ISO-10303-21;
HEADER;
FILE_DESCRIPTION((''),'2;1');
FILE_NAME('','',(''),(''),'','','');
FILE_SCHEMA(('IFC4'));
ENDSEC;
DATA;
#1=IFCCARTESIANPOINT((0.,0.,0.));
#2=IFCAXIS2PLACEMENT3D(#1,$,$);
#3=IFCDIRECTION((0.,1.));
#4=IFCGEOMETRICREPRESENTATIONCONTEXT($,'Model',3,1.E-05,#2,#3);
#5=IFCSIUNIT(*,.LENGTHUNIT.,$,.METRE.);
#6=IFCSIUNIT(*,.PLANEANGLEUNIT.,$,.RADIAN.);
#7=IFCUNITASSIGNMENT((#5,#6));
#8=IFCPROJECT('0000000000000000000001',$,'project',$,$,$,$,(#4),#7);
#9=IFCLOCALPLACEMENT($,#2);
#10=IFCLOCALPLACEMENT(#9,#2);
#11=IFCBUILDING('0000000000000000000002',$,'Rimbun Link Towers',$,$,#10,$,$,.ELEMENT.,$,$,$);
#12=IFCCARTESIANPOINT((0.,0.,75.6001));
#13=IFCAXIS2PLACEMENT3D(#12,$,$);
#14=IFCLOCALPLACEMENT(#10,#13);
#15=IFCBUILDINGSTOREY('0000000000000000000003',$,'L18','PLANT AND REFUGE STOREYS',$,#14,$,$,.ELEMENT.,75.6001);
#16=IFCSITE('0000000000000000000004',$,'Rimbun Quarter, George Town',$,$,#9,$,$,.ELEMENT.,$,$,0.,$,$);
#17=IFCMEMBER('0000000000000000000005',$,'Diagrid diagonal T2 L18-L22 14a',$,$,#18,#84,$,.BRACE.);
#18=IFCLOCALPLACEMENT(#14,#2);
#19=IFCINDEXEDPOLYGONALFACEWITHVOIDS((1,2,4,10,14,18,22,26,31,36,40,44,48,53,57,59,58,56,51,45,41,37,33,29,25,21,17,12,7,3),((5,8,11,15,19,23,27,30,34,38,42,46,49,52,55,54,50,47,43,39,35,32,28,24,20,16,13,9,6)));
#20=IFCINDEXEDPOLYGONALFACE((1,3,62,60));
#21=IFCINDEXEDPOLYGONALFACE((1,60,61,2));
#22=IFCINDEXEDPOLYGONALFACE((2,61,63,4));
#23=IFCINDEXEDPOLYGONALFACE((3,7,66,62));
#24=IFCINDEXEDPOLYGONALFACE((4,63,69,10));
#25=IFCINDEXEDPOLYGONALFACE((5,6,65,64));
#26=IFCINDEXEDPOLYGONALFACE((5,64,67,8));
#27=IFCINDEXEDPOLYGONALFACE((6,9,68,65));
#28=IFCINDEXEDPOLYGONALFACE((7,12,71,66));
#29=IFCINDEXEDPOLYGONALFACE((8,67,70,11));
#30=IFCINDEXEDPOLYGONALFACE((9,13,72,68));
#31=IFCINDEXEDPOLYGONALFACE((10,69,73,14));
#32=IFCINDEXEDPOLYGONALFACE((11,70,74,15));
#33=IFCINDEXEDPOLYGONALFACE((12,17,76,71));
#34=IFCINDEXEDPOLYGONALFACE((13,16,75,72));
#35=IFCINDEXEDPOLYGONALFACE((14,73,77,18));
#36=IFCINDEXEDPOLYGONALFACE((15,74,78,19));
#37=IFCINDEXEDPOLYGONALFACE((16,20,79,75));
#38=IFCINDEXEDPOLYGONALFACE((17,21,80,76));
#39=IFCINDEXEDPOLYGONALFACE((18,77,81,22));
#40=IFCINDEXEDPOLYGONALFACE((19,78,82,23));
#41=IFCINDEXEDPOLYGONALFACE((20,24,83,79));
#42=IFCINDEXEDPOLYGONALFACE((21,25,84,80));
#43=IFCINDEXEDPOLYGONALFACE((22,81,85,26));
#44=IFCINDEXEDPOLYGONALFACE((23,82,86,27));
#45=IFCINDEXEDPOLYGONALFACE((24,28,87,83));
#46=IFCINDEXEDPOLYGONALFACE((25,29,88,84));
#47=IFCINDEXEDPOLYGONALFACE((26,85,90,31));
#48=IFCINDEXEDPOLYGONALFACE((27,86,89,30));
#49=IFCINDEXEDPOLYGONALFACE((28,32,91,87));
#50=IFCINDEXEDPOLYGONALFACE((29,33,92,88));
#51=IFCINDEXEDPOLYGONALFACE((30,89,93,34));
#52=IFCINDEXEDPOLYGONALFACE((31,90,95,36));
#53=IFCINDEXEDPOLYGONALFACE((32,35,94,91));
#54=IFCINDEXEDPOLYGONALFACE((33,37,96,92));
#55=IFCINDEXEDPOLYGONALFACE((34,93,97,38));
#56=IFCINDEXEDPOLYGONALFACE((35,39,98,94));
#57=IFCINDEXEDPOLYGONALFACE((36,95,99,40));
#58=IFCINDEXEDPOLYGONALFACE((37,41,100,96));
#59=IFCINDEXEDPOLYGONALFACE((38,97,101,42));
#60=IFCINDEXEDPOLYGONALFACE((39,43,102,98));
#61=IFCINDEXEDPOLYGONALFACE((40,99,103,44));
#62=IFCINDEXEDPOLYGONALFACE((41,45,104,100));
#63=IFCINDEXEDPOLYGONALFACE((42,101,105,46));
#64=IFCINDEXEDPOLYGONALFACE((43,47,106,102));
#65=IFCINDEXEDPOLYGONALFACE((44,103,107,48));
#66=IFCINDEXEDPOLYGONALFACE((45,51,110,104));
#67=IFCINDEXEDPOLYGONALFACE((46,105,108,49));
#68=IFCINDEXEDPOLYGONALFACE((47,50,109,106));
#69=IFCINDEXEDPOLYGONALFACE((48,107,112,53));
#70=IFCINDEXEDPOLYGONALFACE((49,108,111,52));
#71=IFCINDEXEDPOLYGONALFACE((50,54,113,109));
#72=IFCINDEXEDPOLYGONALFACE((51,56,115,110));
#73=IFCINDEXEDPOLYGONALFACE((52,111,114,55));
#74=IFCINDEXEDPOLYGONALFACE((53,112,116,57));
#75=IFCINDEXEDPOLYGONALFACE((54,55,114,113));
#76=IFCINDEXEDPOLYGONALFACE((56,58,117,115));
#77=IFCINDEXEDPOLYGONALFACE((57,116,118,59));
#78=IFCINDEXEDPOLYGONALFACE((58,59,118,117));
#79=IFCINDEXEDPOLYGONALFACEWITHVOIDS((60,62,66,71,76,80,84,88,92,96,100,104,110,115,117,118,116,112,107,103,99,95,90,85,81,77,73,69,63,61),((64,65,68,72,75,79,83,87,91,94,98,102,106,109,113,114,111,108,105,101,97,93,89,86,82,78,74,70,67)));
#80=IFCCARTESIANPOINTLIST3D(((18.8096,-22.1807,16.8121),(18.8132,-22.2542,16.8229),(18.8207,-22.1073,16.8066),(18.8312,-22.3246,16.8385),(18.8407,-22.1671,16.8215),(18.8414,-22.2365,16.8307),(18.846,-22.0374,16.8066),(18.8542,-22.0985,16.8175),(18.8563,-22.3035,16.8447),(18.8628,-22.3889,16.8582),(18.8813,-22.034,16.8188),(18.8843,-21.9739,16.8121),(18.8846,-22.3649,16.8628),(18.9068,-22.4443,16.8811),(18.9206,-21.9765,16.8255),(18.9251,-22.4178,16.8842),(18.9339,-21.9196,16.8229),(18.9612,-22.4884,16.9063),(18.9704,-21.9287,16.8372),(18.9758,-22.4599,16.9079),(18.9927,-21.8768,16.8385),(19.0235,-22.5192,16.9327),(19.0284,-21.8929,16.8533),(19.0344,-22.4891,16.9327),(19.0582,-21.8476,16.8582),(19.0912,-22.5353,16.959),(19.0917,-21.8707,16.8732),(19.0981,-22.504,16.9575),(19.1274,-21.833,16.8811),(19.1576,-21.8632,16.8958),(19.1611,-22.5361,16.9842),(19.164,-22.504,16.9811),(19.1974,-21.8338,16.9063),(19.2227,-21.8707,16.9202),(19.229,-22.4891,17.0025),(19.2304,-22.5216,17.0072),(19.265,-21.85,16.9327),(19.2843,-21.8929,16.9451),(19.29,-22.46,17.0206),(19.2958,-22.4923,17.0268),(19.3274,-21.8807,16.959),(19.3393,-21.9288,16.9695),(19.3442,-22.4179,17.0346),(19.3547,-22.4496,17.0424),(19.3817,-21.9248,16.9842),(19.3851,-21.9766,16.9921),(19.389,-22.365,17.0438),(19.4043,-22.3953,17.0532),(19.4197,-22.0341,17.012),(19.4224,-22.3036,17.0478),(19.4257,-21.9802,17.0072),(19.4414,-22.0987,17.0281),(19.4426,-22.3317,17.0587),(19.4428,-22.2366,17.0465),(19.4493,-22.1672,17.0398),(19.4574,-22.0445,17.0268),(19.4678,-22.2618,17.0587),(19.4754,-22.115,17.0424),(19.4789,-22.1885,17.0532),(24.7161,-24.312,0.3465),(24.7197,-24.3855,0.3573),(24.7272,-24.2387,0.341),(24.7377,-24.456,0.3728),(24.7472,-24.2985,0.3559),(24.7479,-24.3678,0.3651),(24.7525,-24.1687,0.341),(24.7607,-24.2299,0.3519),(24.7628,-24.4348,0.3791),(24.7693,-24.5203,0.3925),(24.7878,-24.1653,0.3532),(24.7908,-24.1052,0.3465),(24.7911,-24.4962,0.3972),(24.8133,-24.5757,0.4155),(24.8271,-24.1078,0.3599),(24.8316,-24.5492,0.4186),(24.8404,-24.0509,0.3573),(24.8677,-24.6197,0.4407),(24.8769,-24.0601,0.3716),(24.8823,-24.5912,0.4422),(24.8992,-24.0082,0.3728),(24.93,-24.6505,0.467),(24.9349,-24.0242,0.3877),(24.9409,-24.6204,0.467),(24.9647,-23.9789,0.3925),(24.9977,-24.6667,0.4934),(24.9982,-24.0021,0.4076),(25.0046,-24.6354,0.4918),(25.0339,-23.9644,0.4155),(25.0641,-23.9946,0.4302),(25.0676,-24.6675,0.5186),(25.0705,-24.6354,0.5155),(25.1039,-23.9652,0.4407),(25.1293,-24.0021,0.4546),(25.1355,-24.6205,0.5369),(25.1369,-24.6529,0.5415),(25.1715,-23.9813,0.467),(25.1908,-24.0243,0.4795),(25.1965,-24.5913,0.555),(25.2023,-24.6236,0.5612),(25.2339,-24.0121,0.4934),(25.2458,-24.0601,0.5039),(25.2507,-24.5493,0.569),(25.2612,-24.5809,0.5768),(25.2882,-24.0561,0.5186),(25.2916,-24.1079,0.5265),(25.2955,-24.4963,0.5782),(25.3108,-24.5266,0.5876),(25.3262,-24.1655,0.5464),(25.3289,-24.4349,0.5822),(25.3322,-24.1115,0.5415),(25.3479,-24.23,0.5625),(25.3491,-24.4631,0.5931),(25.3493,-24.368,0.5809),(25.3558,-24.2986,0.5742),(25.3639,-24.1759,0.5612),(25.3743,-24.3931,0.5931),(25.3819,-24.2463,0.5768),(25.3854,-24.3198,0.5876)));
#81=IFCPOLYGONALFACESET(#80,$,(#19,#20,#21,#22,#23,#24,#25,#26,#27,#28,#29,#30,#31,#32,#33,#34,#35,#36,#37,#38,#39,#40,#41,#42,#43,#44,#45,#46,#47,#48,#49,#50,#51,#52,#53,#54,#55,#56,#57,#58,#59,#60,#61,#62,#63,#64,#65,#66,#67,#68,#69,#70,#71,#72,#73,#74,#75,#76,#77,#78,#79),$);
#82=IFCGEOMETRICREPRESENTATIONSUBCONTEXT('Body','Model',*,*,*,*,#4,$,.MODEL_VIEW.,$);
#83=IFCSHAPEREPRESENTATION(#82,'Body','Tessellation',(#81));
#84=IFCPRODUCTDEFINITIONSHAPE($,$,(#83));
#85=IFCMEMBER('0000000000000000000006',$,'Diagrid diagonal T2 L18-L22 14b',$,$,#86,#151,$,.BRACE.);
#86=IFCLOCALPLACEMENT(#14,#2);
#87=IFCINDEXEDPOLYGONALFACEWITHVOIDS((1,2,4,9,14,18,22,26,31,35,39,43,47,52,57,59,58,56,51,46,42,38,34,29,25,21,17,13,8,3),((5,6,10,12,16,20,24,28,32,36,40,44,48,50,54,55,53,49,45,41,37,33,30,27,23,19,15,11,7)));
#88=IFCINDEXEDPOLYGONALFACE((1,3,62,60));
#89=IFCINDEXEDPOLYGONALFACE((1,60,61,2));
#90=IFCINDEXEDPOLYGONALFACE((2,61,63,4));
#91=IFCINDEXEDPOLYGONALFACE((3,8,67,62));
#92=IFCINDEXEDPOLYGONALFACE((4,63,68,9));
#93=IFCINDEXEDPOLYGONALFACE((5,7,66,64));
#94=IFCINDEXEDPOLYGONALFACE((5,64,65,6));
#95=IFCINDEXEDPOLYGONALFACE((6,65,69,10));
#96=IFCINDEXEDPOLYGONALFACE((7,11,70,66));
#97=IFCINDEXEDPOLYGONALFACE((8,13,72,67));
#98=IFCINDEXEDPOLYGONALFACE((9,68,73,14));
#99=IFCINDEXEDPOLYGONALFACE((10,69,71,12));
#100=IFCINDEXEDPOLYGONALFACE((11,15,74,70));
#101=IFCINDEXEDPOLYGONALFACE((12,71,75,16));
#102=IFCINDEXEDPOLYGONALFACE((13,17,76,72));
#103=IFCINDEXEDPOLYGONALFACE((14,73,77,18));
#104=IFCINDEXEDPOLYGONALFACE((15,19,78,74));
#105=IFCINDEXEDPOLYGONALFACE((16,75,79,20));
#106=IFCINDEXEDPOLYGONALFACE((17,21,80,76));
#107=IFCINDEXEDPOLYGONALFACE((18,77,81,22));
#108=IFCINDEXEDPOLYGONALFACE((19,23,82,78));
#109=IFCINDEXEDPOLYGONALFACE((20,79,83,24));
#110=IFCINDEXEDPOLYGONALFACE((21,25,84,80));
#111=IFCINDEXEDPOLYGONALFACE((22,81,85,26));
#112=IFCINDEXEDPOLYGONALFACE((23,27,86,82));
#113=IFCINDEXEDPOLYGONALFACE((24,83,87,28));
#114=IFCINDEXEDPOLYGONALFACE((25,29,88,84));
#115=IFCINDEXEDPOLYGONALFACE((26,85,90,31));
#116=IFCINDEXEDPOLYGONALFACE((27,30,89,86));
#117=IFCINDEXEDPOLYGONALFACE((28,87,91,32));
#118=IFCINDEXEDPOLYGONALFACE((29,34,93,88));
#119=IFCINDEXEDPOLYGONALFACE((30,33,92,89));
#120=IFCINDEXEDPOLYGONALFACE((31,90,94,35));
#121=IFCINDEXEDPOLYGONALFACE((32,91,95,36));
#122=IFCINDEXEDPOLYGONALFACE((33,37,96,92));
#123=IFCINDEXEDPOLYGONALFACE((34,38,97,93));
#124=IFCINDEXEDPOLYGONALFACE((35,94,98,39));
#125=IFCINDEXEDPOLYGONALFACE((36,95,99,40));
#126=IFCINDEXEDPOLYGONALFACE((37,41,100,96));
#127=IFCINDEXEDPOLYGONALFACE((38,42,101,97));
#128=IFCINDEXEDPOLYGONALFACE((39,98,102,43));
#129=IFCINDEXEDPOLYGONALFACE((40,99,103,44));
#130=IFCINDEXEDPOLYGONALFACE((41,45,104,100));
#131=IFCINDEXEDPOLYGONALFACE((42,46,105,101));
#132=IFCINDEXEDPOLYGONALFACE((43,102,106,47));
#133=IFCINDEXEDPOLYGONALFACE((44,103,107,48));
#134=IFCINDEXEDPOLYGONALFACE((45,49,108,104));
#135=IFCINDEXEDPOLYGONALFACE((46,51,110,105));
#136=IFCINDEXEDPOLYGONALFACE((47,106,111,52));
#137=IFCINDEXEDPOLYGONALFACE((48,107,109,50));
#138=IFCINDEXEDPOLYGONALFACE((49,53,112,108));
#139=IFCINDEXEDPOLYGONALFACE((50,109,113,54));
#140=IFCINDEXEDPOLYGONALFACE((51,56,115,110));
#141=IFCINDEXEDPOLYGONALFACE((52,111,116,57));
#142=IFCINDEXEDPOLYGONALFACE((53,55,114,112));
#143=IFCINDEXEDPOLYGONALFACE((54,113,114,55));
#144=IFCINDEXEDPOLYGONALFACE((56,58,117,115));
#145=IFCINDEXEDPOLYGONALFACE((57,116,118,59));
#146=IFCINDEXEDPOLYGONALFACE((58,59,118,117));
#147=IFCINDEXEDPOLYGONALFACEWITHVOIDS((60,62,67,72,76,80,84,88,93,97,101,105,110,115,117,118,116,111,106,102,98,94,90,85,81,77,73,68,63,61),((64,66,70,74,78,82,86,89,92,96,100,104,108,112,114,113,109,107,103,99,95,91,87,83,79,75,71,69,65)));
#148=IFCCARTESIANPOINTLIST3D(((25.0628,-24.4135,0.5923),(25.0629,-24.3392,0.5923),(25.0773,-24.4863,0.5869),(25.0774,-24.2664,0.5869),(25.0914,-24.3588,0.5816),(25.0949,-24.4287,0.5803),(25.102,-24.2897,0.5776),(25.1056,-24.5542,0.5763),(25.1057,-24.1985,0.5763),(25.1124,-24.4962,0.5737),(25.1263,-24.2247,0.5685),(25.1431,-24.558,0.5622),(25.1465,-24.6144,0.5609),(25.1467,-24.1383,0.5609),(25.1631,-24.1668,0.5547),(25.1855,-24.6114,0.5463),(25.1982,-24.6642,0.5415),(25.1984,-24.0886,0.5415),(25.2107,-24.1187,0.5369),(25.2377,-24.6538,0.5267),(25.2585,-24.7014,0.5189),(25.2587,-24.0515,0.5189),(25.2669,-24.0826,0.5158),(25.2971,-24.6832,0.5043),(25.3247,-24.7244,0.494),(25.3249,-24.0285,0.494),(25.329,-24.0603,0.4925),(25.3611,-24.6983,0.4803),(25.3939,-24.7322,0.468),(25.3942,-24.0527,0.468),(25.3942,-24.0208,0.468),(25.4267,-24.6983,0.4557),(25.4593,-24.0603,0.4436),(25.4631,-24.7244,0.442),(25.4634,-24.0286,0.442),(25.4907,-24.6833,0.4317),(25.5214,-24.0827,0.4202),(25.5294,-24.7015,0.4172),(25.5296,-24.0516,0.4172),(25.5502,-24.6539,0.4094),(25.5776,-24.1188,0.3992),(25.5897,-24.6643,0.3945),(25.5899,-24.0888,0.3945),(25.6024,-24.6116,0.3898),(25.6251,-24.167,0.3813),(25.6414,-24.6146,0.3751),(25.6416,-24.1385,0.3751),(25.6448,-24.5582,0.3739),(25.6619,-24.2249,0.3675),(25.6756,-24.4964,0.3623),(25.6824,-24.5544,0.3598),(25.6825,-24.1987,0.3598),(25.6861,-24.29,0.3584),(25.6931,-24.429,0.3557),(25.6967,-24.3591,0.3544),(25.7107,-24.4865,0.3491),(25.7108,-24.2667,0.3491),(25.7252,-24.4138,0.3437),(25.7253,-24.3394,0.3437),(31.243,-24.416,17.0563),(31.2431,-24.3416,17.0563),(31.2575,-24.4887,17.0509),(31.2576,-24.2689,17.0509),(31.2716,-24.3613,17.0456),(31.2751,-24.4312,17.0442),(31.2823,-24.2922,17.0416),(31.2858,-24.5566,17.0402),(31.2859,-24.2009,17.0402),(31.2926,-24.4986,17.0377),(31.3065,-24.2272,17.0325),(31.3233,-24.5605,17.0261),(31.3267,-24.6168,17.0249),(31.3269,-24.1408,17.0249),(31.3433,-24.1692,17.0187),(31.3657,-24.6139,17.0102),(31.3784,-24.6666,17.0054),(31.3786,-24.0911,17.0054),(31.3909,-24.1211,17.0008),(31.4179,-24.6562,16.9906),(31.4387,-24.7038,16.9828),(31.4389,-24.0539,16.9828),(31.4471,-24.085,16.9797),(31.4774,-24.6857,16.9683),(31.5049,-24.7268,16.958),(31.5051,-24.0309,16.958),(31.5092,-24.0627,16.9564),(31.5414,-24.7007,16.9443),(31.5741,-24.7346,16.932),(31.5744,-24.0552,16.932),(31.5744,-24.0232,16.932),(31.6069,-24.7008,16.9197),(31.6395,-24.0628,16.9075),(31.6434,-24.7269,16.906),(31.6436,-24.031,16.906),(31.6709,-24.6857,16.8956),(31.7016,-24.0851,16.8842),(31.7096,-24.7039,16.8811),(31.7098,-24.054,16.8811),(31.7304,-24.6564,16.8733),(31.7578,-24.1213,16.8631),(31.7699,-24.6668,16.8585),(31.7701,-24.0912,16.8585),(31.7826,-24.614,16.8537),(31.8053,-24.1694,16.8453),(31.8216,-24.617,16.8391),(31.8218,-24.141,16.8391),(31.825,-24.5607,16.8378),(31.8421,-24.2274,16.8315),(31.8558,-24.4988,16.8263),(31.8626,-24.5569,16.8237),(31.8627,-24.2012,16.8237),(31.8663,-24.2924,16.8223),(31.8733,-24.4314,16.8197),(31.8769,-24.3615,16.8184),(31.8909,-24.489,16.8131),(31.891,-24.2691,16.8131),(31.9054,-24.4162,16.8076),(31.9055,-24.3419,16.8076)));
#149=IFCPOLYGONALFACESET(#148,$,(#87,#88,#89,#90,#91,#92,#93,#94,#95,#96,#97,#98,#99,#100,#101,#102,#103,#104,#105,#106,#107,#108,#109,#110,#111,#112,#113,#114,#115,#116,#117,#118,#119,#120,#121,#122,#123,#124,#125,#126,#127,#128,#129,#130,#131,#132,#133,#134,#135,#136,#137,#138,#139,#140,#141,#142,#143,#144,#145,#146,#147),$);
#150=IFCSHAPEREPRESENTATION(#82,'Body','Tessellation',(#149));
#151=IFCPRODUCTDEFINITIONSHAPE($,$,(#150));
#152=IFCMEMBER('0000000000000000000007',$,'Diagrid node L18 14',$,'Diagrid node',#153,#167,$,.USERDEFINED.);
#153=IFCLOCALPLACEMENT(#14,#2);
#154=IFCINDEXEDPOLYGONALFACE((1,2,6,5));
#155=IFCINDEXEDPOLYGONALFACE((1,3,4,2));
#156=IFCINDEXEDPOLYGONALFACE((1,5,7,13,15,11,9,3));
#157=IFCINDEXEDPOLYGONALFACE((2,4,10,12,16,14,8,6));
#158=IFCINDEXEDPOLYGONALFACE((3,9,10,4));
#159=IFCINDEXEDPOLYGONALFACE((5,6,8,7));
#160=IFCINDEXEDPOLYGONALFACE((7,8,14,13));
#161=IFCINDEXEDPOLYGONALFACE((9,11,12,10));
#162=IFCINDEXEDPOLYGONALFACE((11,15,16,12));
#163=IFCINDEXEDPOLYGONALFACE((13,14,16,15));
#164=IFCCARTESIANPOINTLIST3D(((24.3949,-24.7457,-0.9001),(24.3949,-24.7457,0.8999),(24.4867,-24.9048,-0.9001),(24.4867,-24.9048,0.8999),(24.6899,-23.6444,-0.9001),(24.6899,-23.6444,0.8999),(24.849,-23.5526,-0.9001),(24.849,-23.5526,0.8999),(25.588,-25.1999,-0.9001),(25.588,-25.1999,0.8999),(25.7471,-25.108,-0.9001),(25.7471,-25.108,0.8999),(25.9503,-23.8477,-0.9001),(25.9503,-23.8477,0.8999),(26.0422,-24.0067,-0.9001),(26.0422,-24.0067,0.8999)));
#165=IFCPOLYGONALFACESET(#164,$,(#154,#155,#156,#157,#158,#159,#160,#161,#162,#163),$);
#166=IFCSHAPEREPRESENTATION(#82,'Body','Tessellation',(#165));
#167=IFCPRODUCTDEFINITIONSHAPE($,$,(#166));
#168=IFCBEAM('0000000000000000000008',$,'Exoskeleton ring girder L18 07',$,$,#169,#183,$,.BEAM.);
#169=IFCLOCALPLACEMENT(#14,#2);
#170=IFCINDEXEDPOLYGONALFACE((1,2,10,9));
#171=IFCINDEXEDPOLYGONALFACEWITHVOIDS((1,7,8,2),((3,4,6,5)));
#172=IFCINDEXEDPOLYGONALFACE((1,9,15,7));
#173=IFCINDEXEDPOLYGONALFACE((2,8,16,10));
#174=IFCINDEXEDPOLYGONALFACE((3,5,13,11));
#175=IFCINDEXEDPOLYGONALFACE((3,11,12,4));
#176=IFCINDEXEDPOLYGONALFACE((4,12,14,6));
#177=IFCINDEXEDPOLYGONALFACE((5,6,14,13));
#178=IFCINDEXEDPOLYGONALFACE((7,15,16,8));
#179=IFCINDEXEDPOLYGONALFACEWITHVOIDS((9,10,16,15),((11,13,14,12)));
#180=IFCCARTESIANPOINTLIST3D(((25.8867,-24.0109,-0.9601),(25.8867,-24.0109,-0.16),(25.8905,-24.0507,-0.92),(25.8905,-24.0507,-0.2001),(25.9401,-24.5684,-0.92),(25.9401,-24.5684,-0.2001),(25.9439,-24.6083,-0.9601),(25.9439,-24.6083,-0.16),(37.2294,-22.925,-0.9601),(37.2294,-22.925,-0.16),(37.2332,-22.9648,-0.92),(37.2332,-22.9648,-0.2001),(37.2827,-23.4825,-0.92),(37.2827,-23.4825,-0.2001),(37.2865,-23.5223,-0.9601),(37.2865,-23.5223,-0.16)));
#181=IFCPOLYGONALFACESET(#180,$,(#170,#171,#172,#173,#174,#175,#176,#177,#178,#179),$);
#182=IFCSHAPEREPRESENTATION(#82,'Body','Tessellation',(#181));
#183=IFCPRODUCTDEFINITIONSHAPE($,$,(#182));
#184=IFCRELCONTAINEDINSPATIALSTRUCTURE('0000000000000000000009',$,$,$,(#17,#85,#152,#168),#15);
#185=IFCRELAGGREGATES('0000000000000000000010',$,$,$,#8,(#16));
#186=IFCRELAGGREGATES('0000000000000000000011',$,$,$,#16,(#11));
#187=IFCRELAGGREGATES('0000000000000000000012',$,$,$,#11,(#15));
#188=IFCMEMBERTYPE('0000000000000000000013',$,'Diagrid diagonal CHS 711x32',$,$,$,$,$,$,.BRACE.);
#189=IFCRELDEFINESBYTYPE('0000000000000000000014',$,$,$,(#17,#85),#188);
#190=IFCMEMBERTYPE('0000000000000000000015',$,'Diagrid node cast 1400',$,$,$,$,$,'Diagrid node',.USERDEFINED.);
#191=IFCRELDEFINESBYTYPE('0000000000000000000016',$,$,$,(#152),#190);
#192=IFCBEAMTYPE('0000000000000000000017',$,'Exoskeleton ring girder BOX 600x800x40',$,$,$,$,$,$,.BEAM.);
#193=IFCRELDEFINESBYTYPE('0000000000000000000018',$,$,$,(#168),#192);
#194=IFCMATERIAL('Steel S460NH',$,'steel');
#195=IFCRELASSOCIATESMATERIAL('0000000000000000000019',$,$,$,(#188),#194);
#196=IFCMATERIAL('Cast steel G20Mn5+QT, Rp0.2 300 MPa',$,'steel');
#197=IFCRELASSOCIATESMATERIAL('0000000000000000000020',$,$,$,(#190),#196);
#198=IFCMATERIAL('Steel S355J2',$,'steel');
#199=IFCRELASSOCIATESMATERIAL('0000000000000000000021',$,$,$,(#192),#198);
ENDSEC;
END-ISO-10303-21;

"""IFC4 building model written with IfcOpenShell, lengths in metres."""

from ifc_helpers import new_model, si_unit, direction, frame, origin, origin_2d, place, context, subcontext, project, spatial, polyline, hollow_rectangle, hollow_circle, outline, extrude, material, material_profile, profile_set, type_object, element, save


model = new_model("IFC4")

# Units and contexts
model_context = context("Model", 3, precision=1e-05, world=origin(), true_north=direction((0.0, 1.0)))
body_context = subcontext(model_context, "Body", "Model", "MODEL_VIEW")
ifc_project = project(units=[si_unit("LENGTHUNIT", "METRE"), si_unit("PLANEANGLEUNIT", "RADIAN")], contexts=[model_context])

# Site, building, storey
site_placement = place(None, origin())
site = spatial("IfcSite", under=ifc_project, at=site_placement, Name="Rimbun Quarter, George Town", CompositionType="ELEMENT", RefElevation=0.0)
building_placement = place(site_placement, origin())
building = spatial("IfcBuilding", under=site, at=building_placement, Name="Rimbun Link Towers", CompositionType="ELEMENT")
storey_placement = place(building_placement, frame((0.0, 0.0, 75.6001)))
storey = spatial("IfcBuildingStorey", under=building, at=storey_placement, Name="L18", Description="PLANT AND REFUGE STOREYS", CompositionType="ELEMENT", Elevation=75.6001)

# Members
ifc_material_1 = material(Name="Steel S460NH", Category="steel")
ifc_material_profile_1 = material_profile(ifc_material_1, hollow_circle(Radius=0.3557, WallThickness=0.032, at=origin_2d()), Name="Diagrid diagonal CHS 711x32")
ifc_profile_set_1 = profile_set([ifc_material_profile_1], Name="Steel S460NH")
member_type_1 = type_object("IfcMemberType", Name="Diagrid diagonal CHS 711x32", PredefinedType="BRACE", material=ifc_profile_set_1)
member_1_placement = place(storey_placement, frame((25.0508, -24.3159, 0.467), z_axis=(-0.335172, 0.120946, 0.934362), x_axis=(-0.339426, -0.940633, 0.0)))
element("IfcMember", 1, at=member_1_placement, inside=storey, type_object=member_type_1, Name="Diagrid diagonal T2 L18-L22 14a", PredefinedType="BRACE", context=body_context, shape_type="SweptSolid", body=[
    extrude(hollow_circle(Radius=0.3557, WallThickness=0.032, at=origin_2d()), origin(), (0.0, 0.0, 1.0), 17.6223),
])
member_2_placement = place(storey_placement, frame((25.394, -24.3765, 0.468), z_axis=(0.351434, -0.000139, 0.936213), x_axis=(0.000395, 1.0, 0.0)))
element("IfcMember", 2, at=member_2_placement, inside=storey, type_object=member_type_1, Name="Diagrid diagonal T2 L18-L22 14b", PredefinedType="BRACE", context=body_context, shape_type="SweptSolid", body=[
    extrude(hollow_circle(Radius=0.3557, WallThickness=0.032, at=origin_2d()), origin(), (0.0, 0.0, 1.0), 17.5857),
])
ifc_material_2 = material(Name="Cast steel G20Mn5+QT, Rp0.2 300 MPa", Category="steel")
ifc_material_profile_2 = material_profile(ifc_material_2, outline(polyline([(0.7, -0.5701), (0.7, 0.5701), (0.5701, 0.7), (-0.5701, 0.7), (-0.7, 0.5701), (-0.7, -0.5701), (-0.5701, -0.7), (0.5701, -0.7), (0.7, -0.5701)])), Name="NODE 1400x1400")
ifc_profile_set_2 = profile_set([ifc_material_profile_2], Name="Cast steel G20Mn5+QT, Rp0.2 300 MPa")
member_type_2 = type_object("IfcMemberType", Name="Diagrid node cast 1400", ElementType="Diagrid node", PredefinedType="USERDEFINED", material=ifc_profile_set_2)
member_3_placement = place(storey_placement, frame((25.2185, -24.3762, -0.9001), z_axis=(0.0, 0.0, 1.0), x_axis=(-0.258819, -0.965926, 0.0)))
element("IfcMember", 3, at=member_3_placement, inside=storey, type_object=member_type_2, Name="Diagrid node L18 14", ObjectType="Diagrid node", PredefinedType="USERDEFINED", context=body_context, shape_type="SweptSolid", body=[
    extrude(outline(polyline([(0.7, -0.5701), (0.7, 0.5701), (0.5701, 0.7), (-0.5701, 0.7), (-0.7, 0.5701), (-0.7, -0.5701), (-0.5701, -0.7), (0.5701, -0.7), (0.7, -0.5701)])), origin(), (0.0, 0.0, 1.0), 1.8),
])

# Beam
ifc_material_3 = material(Name="Steel S355J2", Category="steel")
ifc_material_profile_3 = material_profile(ifc_material_3, hollow_rectangle(XDim=0.6001, YDim=0.8, WallThickness=0.04, at=origin_2d()), Name="Exoskeleton ring girder BOX 600x800x40")
ifc_profile_set_3 = profile_set([ifc_material_profile_3], Name="Steel S355J2")
beam_type_1 = type_object("IfcBeamType", Name="Exoskeleton ring girder BOX 600x800x40", PredefinedType="BEAM", material=ifc_profile_set_3)
beam_1_placement = place(storey_placement, frame((25.9153, -24.3096, -0.5601), z_axis=(0.995448, 0.095303, 0.0), x_axis=(-0.095303, 0.995448, 0.0)))
element("IfcBeam", 4, at=beam_1_placement, inside=storey, type_object=beam_type_1, Name="Exoskeleton ring girder L18 07", PredefinedType="BEAM", context=body_context, shape_type="SweptSolid", body=[
    extrude(hollow_rectangle(XDim=0.6001, YDim=0.8, WallThickness=0.04, at=origin_2d()), origin(), (0.0, 0.0, 1.0), 11.3945),
])

save(model, "model.ifc")
